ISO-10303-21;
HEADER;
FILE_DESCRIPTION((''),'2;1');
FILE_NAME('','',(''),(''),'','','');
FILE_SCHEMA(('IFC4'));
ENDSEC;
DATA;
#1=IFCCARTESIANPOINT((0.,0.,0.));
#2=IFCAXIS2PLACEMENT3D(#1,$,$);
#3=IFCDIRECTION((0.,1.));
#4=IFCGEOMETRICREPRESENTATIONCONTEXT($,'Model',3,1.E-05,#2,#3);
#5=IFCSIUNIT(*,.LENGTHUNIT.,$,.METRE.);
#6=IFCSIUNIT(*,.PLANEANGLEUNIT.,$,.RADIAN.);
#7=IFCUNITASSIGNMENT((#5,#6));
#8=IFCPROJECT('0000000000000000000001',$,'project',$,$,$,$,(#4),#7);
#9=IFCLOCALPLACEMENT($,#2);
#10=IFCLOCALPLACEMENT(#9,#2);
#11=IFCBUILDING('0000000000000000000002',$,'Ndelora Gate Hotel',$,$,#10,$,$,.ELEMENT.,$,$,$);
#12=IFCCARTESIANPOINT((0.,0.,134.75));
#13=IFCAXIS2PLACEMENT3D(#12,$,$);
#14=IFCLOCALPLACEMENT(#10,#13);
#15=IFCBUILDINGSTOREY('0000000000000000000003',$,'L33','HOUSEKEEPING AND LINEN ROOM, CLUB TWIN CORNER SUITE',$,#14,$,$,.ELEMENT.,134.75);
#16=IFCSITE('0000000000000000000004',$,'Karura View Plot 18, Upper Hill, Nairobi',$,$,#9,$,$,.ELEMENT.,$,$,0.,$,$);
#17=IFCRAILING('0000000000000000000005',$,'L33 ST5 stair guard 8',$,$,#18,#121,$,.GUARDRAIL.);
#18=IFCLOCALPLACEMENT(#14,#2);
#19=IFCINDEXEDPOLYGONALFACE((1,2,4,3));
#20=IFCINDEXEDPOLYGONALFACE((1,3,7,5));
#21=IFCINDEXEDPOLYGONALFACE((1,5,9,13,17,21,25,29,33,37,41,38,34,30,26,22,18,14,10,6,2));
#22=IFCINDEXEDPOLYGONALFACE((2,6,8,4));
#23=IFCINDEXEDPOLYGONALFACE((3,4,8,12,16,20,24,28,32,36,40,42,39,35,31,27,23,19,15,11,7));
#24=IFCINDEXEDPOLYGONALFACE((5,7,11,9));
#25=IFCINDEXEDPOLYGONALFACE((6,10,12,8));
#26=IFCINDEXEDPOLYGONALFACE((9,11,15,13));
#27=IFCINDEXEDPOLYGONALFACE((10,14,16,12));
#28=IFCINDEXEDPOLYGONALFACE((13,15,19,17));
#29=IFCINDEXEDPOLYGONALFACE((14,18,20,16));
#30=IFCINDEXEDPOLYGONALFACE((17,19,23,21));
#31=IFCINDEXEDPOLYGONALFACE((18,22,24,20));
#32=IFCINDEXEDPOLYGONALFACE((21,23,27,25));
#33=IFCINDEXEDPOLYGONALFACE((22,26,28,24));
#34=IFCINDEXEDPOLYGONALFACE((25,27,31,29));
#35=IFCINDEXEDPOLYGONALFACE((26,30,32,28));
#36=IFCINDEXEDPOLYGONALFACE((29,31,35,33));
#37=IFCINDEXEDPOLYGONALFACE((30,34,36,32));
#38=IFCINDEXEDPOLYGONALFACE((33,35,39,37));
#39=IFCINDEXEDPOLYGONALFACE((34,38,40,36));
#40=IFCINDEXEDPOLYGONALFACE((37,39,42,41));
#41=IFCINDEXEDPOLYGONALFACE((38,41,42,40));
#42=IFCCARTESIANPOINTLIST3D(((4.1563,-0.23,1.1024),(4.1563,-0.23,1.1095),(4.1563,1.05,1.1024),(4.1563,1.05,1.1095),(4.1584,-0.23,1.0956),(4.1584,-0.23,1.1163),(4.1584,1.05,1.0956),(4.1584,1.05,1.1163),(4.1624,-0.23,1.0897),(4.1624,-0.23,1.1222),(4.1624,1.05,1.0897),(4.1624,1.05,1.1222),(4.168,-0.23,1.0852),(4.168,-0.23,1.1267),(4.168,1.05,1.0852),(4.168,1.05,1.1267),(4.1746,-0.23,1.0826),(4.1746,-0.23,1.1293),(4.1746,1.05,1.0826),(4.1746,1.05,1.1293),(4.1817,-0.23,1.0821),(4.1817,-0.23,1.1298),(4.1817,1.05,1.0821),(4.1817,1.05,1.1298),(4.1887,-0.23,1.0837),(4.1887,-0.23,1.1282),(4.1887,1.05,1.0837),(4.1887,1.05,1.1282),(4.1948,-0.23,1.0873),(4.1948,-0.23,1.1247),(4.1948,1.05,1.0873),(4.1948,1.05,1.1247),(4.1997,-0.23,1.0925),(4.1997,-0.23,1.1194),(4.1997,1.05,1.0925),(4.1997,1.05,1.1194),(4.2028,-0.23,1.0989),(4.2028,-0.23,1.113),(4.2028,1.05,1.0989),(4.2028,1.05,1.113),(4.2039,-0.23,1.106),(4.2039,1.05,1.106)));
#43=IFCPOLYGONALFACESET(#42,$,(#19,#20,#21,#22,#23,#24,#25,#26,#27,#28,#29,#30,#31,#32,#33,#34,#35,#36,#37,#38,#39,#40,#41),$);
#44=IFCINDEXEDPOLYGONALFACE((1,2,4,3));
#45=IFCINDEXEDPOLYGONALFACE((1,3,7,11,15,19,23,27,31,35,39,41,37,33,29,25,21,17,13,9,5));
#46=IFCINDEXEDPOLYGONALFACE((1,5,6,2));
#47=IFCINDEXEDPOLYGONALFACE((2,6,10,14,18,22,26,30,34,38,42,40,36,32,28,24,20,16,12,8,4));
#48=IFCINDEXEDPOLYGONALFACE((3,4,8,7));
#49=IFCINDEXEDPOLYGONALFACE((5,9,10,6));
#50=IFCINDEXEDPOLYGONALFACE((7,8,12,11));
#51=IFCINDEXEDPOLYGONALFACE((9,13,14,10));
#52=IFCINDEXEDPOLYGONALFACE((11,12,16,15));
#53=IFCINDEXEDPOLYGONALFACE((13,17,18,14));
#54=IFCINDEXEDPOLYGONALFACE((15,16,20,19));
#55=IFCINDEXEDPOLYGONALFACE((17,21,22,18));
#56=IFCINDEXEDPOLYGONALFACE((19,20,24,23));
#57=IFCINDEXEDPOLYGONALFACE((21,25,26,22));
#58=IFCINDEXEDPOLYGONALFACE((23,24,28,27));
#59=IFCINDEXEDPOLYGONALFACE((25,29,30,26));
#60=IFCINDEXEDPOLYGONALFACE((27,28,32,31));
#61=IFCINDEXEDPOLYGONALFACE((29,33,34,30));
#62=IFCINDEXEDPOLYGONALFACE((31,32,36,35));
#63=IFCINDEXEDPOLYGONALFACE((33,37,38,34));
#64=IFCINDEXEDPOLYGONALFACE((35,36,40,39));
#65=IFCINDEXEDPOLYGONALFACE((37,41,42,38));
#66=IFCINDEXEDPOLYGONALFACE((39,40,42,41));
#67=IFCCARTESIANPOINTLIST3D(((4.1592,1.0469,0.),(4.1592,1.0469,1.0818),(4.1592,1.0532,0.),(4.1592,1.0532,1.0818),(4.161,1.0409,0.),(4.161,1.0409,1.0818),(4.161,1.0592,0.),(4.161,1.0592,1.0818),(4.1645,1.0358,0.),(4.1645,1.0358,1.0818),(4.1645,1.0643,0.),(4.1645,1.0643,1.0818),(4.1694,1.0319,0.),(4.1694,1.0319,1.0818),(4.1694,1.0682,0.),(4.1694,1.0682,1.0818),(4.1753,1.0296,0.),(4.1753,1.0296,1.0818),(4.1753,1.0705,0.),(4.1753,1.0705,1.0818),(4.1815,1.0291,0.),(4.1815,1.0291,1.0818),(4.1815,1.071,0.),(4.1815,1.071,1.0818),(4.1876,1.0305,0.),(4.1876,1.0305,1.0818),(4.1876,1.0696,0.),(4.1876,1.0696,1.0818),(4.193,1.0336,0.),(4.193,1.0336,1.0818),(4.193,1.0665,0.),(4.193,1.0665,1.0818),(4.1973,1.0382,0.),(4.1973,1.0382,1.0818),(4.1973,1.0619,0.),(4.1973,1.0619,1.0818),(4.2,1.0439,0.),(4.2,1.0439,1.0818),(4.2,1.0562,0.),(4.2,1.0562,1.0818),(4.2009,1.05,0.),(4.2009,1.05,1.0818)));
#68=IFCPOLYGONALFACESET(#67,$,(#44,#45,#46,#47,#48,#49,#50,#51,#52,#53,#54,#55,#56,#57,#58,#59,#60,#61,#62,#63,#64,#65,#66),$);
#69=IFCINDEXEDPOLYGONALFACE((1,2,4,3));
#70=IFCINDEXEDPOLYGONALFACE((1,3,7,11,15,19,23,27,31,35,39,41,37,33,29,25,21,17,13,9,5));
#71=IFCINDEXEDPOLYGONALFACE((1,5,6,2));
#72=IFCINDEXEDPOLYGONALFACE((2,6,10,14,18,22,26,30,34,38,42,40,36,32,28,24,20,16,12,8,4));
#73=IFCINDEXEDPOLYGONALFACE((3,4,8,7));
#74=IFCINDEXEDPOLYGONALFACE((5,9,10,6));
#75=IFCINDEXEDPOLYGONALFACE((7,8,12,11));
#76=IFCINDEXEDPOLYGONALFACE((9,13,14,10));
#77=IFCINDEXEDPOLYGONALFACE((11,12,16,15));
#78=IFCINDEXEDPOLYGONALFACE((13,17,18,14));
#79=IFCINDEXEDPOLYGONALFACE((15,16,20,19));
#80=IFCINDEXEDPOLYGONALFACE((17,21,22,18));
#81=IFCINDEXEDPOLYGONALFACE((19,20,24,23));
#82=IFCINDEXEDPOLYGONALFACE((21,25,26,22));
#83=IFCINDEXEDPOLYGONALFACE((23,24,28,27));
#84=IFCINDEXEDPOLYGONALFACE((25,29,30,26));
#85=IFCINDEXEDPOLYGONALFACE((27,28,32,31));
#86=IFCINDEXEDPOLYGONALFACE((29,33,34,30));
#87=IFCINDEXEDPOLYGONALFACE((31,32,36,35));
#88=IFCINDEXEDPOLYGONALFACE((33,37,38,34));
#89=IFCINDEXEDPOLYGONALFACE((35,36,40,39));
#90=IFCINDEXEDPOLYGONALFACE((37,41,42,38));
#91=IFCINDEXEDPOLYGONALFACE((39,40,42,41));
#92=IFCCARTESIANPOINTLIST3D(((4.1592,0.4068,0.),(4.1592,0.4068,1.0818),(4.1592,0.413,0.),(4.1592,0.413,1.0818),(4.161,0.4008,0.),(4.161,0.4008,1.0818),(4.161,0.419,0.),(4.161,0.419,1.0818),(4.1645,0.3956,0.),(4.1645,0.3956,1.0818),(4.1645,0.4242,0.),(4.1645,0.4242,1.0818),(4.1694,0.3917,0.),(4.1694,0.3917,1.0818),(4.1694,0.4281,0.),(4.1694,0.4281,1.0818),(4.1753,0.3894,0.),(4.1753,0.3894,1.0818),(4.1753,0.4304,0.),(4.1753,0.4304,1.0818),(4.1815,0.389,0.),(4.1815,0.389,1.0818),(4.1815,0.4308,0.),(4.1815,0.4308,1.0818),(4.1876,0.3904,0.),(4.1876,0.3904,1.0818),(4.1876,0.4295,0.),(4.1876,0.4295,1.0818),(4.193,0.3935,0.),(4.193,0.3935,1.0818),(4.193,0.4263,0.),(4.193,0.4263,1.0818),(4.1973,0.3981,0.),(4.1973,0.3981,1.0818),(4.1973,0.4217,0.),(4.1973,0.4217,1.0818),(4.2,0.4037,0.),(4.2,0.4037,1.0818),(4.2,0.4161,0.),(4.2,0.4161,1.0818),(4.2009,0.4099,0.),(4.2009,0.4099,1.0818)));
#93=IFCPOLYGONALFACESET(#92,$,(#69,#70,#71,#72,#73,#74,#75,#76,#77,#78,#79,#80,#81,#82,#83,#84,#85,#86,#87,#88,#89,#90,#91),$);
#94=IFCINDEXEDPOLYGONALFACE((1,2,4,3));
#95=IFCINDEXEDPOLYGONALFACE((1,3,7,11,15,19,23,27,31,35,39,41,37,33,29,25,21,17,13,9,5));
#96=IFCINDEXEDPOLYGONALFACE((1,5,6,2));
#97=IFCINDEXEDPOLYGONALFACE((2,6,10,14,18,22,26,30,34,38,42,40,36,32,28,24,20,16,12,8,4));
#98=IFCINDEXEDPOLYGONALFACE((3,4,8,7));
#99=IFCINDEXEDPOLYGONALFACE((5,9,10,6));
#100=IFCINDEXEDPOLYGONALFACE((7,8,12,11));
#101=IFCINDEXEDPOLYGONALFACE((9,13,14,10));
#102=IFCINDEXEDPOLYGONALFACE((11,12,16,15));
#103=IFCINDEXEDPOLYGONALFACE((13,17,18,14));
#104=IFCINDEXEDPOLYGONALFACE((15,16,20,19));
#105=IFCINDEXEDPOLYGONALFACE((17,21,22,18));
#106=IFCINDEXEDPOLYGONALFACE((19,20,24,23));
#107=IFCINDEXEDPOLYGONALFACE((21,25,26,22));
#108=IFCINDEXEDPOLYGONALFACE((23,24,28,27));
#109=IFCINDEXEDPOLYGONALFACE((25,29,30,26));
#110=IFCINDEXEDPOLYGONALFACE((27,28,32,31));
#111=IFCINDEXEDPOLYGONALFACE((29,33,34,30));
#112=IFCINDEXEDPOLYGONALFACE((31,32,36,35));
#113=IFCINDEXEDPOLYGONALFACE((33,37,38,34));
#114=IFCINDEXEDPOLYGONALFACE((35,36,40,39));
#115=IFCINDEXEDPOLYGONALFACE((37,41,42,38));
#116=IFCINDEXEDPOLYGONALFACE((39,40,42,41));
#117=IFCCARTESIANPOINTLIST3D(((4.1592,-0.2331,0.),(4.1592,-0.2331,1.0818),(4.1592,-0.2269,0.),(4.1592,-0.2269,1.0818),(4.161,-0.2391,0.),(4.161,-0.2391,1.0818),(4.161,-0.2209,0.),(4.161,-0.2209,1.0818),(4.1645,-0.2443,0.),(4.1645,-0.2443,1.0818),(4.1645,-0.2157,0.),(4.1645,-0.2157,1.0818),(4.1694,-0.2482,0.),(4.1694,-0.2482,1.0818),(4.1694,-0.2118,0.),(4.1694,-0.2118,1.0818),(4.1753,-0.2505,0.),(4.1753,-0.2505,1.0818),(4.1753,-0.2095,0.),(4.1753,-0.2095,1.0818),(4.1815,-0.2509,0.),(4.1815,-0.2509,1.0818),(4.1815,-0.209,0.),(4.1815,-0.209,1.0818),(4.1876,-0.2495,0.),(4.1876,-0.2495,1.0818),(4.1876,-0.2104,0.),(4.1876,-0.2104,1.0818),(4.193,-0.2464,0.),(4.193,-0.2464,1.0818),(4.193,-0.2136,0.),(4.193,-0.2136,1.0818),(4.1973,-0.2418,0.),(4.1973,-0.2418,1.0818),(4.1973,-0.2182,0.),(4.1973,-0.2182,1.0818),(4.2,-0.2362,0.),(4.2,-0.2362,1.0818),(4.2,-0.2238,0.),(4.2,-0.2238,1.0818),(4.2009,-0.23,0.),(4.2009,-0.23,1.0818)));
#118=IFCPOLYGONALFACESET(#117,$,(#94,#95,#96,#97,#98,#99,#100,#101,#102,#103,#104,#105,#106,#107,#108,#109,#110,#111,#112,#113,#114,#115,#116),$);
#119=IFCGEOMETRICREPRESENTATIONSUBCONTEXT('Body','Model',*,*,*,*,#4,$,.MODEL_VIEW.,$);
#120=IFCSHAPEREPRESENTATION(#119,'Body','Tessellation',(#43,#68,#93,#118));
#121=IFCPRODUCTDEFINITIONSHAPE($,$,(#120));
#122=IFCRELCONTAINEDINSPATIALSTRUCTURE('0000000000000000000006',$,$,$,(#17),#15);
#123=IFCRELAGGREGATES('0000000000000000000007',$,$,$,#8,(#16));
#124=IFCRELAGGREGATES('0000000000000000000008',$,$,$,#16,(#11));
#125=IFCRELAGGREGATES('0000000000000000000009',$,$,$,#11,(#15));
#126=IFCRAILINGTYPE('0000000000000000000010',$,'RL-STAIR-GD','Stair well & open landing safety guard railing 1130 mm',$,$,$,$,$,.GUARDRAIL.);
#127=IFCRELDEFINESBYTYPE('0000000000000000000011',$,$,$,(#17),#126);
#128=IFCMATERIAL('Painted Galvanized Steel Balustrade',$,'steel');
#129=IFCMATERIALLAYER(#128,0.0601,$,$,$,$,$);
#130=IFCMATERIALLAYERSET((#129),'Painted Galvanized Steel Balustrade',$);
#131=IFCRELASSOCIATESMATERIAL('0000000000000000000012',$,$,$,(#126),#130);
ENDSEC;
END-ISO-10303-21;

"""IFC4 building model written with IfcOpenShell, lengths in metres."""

from ifc_helpers import new_model, si_unit, direction, frame, origin, origin_2d, place, context, subcontext, project, spatial, circle, extrude, material, layer, layer_set, type_object, element, save


model = new_model("IFC4")

# Units and contexts
model_context = context("Model", 3, precision=1e-05, world=origin(), true_north=direction((0.0, 1.0)))
body_context = subcontext(model_context, "Body", "Model", "MODEL_VIEW")
ifc_project = project(units=[si_unit("LENGTHUNIT", "METRE"), si_unit("PLANEANGLEUNIT", "RADIAN")], contexts=[model_context])

# Site, building, storey
site_placement = place(None, origin())
site = spatial("IfcSite", under=ifc_project, at=site_placement, Name="Karura View Plot 18, Upper Hill, Nairobi", CompositionType="ELEMENT", RefElevation=0.0)
building_placement = place(site_placement, origin())
building = spatial("IfcBuilding", under=site, at=building_placement, Name="Ndelora Gate Hotel", CompositionType="ELEMENT")
storey_placement = place(building_placement, frame((0.0, 0.0, 134.75)))
storey = spatial("IfcBuildingStorey", under=building, at=storey_placement, Name="L33", Description="HOUSEKEEPING AND LINEN ROOM, CLUB TWIN CORNER SUITE", CompositionType="ELEMENT", Elevation=134.75)

# Railing
ifc_material_1 = material(Name="Painted Galvanized Steel Balustrade", Category="steel")
ifc_layer_1 = layer(ifc_material_1, 0.0601)
ifc_layer_set_1 = layer_set([ifc_layer_1], Name="Painted Galvanized Steel Balustrade")
railing_type = type_object("IfcRailingType", Name="RL-STAIR-GD", Description="Stair well & open landing safety guard railing 1130 mm", PredefinedType="GUARDRAIL", material=ifc_layer_set_1)
for number, where, name in (
    (1, (4.1799, 1.05, 0.0), "L33 ST5 stair guard 8"),
):
    element("IfcRailing", number, at=place(storey_placement, frame(where)), inside=storey, type_object=railing_type, Name=name, PredefinedType="GUARDRAIL", context=body_context, shape_type="SweptSolid", body=[
        extrude(circle(Radius=0.0239, at=origin_2d()), frame((0.0, 0.0, 1.106), z_axis=(0.0, -1.0, 0.0), x_axis=(1.0, 0.0, 0.0)), (0.0, 0.0, 1.0), 1.28),
        extrude(circle(Radius=0.021, at=origin_2d()), origin(), (0.0, 0.0, 1.0), 1.0818),
        extrude(circle(Radius=0.021, at=origin_2d()), frame((0.0, -0.6401, 0.0)), (0.0, 0.0, 1.0), 1.0818),
        extrude(circle(Radius=0.021, at=origin_2d()), frame((0.0, -1.28, 0.0)), (0.0, 0.0, 1.0), 1.0818),
    ])

save(model, "model.ifc")
